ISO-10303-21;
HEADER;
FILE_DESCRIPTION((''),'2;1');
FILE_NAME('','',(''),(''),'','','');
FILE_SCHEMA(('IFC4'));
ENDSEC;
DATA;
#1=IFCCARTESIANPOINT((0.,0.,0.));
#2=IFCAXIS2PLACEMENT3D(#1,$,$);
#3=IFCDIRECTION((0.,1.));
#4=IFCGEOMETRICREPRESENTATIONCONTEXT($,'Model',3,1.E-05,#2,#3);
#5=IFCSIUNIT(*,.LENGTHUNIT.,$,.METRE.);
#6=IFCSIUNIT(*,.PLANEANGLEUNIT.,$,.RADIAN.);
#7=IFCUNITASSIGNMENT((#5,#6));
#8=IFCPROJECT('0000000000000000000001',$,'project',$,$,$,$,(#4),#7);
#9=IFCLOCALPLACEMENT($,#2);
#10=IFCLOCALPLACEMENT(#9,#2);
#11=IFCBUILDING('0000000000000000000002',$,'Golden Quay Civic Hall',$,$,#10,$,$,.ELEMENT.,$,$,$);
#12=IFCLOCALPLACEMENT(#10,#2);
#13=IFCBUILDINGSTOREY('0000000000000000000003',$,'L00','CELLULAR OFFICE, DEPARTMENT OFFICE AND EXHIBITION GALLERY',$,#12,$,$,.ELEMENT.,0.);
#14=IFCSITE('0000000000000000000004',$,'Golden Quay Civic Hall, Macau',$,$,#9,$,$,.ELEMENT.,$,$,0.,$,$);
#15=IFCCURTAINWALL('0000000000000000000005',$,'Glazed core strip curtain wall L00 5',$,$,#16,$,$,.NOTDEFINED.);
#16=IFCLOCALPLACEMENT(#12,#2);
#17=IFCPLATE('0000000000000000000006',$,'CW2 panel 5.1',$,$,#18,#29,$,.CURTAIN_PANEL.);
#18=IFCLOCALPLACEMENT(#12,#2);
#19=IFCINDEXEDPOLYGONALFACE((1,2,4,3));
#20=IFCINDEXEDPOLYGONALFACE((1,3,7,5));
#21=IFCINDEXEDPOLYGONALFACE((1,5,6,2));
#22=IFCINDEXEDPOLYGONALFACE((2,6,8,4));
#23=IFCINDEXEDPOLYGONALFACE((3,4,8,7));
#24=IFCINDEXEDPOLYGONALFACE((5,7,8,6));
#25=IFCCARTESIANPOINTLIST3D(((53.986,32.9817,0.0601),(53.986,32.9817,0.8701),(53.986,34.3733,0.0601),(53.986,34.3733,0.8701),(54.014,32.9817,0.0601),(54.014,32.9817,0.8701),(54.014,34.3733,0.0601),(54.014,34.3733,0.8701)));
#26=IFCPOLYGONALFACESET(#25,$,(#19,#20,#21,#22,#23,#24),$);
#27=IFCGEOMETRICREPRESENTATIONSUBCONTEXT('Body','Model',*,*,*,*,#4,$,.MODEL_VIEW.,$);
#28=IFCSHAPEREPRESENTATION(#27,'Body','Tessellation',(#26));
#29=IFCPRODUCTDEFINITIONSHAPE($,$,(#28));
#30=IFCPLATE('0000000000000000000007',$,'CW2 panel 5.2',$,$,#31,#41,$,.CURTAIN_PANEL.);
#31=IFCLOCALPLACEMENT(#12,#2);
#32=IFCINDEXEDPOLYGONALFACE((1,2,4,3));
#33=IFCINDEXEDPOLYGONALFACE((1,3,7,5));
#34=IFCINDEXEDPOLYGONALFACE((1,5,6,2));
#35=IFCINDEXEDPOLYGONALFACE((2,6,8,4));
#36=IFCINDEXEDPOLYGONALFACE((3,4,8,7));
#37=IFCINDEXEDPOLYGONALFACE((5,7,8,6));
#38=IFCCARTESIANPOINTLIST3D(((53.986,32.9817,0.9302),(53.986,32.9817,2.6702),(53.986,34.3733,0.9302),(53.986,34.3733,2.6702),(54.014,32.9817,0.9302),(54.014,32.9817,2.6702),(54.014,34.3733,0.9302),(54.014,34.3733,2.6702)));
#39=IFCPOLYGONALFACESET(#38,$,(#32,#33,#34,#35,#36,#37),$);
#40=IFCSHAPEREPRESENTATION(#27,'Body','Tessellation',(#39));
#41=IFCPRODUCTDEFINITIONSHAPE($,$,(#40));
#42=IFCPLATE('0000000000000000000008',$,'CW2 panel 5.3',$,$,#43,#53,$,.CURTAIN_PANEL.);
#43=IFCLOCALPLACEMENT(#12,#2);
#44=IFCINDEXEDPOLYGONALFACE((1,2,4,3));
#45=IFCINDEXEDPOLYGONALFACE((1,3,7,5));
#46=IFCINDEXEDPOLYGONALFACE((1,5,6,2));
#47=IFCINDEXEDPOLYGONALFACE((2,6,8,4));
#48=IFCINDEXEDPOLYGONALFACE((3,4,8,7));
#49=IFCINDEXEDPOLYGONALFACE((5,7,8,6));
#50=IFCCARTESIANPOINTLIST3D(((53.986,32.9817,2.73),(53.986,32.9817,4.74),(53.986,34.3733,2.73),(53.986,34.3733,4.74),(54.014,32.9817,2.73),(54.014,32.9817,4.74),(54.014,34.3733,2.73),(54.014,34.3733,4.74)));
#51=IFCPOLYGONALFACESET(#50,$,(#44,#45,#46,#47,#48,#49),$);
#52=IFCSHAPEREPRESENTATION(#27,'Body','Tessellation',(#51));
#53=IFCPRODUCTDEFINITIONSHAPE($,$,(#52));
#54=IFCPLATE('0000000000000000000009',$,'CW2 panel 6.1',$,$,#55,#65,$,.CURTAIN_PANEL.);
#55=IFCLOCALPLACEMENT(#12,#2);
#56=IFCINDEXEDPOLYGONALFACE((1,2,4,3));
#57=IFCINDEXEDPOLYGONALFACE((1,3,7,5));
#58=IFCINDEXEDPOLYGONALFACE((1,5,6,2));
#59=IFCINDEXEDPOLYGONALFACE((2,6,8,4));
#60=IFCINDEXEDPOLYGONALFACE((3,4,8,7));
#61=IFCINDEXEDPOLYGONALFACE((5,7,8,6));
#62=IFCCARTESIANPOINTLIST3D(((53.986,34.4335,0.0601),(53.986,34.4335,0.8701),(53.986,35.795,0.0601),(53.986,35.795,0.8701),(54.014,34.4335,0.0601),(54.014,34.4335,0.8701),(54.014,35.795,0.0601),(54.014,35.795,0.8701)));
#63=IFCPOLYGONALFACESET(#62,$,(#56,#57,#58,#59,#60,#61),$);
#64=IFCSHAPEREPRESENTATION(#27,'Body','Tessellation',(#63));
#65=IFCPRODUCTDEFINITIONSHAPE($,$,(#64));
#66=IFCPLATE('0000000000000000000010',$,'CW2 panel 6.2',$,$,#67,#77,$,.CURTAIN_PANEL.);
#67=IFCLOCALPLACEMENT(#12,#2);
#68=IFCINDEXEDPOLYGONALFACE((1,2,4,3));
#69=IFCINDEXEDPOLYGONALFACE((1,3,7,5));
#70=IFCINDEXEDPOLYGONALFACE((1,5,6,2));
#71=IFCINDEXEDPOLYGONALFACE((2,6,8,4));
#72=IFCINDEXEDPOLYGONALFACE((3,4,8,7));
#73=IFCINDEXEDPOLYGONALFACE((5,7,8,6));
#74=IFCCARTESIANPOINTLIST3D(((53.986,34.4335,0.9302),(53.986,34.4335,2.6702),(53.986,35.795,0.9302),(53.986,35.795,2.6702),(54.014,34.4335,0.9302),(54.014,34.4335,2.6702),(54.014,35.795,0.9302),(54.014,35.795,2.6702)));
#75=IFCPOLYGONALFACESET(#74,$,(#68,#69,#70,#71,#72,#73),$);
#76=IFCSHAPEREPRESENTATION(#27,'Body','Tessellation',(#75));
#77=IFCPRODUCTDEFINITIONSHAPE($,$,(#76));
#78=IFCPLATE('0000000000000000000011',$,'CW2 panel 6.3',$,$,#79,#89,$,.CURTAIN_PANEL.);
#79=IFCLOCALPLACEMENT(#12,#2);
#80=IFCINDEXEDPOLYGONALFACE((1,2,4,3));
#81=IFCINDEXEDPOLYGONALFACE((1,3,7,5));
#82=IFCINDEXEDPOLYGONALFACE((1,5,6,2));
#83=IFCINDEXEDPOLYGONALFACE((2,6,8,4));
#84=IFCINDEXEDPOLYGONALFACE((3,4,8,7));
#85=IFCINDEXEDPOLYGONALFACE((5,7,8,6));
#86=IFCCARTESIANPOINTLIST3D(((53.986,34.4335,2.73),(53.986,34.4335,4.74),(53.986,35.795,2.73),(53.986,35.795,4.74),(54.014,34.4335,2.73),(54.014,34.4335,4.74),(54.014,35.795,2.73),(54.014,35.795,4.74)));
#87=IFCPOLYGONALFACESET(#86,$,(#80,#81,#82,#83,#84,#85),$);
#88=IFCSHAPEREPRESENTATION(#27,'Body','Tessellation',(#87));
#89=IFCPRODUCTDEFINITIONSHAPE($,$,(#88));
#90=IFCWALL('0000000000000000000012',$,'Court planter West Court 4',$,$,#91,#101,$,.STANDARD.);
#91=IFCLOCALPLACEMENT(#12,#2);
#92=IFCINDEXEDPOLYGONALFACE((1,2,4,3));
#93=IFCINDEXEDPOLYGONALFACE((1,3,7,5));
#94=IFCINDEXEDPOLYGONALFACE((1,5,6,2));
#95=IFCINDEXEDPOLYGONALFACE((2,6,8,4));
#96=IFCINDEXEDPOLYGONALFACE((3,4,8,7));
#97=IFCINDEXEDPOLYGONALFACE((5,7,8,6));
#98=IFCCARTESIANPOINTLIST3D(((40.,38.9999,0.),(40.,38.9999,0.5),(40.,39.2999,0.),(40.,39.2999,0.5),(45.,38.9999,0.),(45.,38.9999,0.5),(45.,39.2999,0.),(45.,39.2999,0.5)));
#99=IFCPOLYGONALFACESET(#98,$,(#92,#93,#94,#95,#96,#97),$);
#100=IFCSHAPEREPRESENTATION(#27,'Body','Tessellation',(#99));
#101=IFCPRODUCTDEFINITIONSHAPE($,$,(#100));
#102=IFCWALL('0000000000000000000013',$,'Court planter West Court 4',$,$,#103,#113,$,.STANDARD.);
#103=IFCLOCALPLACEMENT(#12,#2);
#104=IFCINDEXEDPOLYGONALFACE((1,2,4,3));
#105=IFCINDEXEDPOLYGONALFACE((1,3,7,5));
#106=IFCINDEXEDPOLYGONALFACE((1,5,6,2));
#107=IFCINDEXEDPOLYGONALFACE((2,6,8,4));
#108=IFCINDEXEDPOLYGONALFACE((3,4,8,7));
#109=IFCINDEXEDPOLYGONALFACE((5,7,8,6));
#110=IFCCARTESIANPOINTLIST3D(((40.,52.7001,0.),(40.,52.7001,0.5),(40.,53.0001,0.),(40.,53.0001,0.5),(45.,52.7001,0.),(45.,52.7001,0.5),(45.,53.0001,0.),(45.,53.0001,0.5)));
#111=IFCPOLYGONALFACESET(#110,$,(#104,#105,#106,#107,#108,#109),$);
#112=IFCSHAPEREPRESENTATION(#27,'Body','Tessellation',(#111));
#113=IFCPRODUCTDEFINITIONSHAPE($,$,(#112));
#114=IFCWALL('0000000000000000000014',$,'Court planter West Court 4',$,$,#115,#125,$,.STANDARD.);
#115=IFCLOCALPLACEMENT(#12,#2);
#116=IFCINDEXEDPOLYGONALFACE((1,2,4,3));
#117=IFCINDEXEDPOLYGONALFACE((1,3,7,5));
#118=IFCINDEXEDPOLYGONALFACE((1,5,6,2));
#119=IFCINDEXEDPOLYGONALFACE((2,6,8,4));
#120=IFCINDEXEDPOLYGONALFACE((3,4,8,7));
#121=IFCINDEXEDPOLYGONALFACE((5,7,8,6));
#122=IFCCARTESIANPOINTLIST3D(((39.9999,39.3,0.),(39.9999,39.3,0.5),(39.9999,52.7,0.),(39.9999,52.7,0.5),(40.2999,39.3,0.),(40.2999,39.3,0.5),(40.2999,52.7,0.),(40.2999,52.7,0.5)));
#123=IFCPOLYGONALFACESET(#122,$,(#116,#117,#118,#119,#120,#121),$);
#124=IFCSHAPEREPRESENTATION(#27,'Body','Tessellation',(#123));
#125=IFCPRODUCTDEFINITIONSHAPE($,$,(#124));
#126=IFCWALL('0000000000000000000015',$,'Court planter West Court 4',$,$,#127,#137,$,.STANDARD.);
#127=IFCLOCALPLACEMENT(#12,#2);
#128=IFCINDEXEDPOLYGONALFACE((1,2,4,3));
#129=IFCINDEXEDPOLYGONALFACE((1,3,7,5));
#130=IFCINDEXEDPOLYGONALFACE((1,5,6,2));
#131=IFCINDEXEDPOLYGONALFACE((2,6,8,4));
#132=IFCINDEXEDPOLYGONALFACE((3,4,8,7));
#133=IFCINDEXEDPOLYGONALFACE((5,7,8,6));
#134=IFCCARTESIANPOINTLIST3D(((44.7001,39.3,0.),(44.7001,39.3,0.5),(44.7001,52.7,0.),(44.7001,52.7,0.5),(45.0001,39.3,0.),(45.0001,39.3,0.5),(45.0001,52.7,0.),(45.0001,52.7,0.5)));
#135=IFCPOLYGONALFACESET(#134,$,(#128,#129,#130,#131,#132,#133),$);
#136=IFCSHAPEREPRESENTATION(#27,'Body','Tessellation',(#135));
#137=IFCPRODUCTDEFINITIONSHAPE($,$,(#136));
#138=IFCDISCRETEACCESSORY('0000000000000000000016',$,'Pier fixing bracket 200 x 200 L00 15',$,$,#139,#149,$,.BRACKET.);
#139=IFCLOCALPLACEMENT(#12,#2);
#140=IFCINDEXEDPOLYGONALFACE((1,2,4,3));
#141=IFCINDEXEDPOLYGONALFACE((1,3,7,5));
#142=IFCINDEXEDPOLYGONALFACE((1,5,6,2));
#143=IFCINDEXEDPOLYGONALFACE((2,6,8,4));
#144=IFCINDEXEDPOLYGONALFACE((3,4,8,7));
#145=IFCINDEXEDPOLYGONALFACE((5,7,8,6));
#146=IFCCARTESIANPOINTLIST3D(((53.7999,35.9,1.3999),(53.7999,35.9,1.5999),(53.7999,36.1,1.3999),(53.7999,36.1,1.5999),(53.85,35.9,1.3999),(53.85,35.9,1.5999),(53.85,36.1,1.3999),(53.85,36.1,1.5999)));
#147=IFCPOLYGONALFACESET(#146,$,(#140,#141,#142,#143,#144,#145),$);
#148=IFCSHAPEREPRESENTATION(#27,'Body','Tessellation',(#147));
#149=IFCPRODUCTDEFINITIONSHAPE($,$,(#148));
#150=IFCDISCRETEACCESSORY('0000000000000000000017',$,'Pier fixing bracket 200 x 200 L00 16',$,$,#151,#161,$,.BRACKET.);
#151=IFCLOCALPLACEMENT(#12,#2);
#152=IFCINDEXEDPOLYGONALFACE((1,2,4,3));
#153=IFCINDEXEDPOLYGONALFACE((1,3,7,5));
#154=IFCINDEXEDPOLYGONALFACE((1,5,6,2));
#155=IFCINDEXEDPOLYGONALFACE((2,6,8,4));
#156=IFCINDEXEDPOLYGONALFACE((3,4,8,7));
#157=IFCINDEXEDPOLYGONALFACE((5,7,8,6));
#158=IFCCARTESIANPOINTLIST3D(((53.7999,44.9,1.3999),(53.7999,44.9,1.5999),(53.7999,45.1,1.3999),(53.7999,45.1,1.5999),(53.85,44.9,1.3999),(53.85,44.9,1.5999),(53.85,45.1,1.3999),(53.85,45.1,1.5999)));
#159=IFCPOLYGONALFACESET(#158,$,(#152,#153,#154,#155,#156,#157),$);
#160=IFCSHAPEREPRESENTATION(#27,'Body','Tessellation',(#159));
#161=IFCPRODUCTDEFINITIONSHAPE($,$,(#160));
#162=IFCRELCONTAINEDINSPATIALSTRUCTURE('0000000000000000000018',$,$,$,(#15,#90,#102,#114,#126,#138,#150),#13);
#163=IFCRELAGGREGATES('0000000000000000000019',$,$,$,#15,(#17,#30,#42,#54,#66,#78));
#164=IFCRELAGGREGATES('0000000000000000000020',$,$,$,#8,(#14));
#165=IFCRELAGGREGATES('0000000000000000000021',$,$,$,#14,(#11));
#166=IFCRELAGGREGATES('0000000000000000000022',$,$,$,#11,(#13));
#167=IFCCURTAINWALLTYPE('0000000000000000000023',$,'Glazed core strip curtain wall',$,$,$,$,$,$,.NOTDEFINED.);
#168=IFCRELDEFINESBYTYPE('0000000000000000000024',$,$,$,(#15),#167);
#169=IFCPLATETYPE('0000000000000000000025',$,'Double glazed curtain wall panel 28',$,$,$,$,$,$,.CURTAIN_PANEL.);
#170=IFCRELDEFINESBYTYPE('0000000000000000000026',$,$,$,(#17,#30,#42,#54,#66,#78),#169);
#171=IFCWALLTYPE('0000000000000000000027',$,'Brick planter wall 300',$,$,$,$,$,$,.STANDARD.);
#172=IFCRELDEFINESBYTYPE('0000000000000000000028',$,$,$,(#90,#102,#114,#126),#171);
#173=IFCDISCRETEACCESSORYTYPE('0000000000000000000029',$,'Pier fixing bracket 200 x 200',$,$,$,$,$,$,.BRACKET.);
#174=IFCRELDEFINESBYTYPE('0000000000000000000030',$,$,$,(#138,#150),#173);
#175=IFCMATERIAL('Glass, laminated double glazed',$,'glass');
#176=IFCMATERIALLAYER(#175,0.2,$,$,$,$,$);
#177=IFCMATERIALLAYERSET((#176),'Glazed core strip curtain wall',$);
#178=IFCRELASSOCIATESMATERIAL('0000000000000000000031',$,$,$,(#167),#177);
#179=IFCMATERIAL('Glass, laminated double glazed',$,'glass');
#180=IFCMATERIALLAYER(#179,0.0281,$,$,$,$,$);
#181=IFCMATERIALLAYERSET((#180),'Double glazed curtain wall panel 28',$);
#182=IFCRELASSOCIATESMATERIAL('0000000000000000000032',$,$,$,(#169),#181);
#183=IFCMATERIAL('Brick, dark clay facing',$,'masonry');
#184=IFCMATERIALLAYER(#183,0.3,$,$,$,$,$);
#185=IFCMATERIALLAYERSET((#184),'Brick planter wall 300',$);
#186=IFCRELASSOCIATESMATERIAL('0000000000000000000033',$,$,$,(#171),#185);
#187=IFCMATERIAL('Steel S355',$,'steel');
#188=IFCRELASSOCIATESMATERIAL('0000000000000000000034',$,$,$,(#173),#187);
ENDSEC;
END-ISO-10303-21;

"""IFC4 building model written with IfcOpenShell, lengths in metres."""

from ifc_helpers import new_model, si_unit, direction, frame, frame_2d, origin, origin_2d, place, context, subcontext, project, spatial, rectangle, extrude, material, layer, layer_set, type_object, element, aggregate, save


model = new_model("IFC4")

# Units and contexts
model_context = context("Model", 3, precision=1e-05, world=origin(), true_north=direction((0.0, 1.0)))
body_context = subcontext(model_context, "Body", "Model", "MODEL_VIEW")
ifc_project = project(units=[si_unit("LENGTHUNIT", "METRE"), si_unit("PLANEANGLEUNIT", "RADIAN")], contexts=[model_context])

# Site, building, storey
site_placement = place(None, origin())
site = spatial("IfcSite", under=ifc_project, at=site_placement, Name="Golden Quay Civic Hall, Macau", CompositionType="ELEMENT", RefElevation=0.0)
building_placement = place(site_placement, origin())
building = spatial("IfcBuilding", under=site, at=building_placement, Name="Golden Quay Civic Hall", CompositionType="ELEMENT")
storey_placement = place(building_placement, origin())
storey = spatial("IfcBuildingStorey", under=building, at=storey_placement, Name="L00", Description="CELLULAR OFFICE, DEPARTMENT OFFICE AND EXHIBITION GALLERY", CompositionType="ELEMENT", Elevation=0.0)

# Curtain wall
ifc_material_1 = material(Name="Glass, laminated double glazed", Category="glass")
ifc_layer_1 = layer(ifc_material_1, 0.2)
ifc_layer_set_1 = layer_set([ifc_layer_1], Name="Glazed core strip curtain wall")
curtain_wall_type = type_object("IfcCurtainWallType", Name="Glazed core strip curtain wall", PredefinedType="NOTDEFINED", material=ifc_layer_set_1)
curtain_wall_placement = place(storey_placement, origin())
curtain_wall = element("IfcCurtainWall", 1, at=curtain_wall_placement, inside=storey, type_object=curtain_wall_type, Name="Glazed core strip curtain wall L00 5", PredefinedType="NOTDEFINED")

# Plates
ifc_material_2 = material(Name="Glass, laminated double glazed", Category="glass")
ifc_layer_2 = layer(ifc_material_2, 0.0281)
ifc_layer_set_2 = layer_set([ifc_layer_2], Name="Double glazed curtain wall panel 28")
plate_type = type_object("IfcPlateType", Name="Double glazed curtain wall panel 28", PredefinedType="CURTAIN_PANEL", material=ifc_layer_set_2)
plate_1_placement = place(storey_placement, frame((54.0, 33.6775, 0.0601), z_axis=(0.0, 0.0, 1.0), x_axis=(0.0, 1.0, 0.0)))
plate_1 = element("IfcPlate", 2, at=plate_1_placement, type_object=plate_type, Name="CW2 panel 5.1", PredefinedType="CURTAIN_PANEL", context=body_context, shape_type="SweptSolid", body=[
    extrude(rectangle(XDim=1.3916, YDim=0.0281, at=origin_2d()), origin(), (0.0, 0.0, 1.0), 0.8101),
])
plate_2_placement = place(storey_placement, frame((54.0, 33.6775, 0.9302), z_axis=(0.0, 0.0, 1.0), x_axis=(0.0, 1.0, 0.0)))
plate_2 = element("IfcPlate", 3, at=plate_2_placement, type_object=plate_type, Name="CW2 panel 5.2", PredefinedType="CURTAIN_PANEL", context=body_context, shape_type="SweptSolid", body=[
    extrude(rectangle(XDim=1.3916, YDim=0.0281, at=origin_2d()), origin(), (0.0, 0.0, 1.0), 1.74),
])
plate_3_placement = place(storey_placement, frame((54.0, 33.6775, 2.73), z_axis=(0.0, 0.0, 1.0), x_axis=(0.0, 1.0, 0.0)))
plate_3 = element("IfcPlate", 4, at=plate_3_placement, type_object=plate_type, Name="CW2 panel 5.3", PredefinedType="CURTAIN_PANEL", context=body_context, shape_type="SweptSolid", body=[
    extrude(rectangle(XDim=1.3916, YDim=0.0281, at=origin_2d()), origin(), (0.0, 0.0, 1.0), 2.01),
])
plate_4_placement = place(storey_placement, frame((54.0, 35.1143, 0.0601), z_axis=(0.0, 0.0, 1.0), x_axis=(0.0, 1.0, 0.0)))
plate_4 = element("IfcPlate", 5, at=plate_4_placement, type_object=plate_type, Name="CW2 panel 6.1", PredefinedType="CURTAIN_PANEL", context=body_context, shape_type="SweptSolid", body=[
    extrude(rectangle(XDim=1.3616, YDim=0.0281, at=origin_2d()), origin(), (0.0, 0.0, 1.0), 0.8101),
])
plate_5_placement = place(storey_placement, frame((54.0, 35.1143, 0.9302), z_axis=(0.0, 0.0, 1.0), x_axis=(0.0, 1.0, 0.0)))
plate_5 = element("IfcPlate", 6, at=plate_5_placement, type_object=plate_type, Name="CW2 panel 6.2", PredefinedType="CURTAIN_PANEL", context=body_context, shape_type="SweptSolid", body=[
    extrude(rectangle(XDim=1.3616, YDim=0.0281, at=origin_2d()), origin(), (0.0, 0.0, 1.0), 1.74),
])
plate_6_placement = place(storey_placement, frame((54.0, 35.1143, 2.73), z_axis=(0.0, 0.0, 1.0), x_axis=(0.0, 1.0, 0.0)))
plate_6 = element("IfcPlate", 7, at=plate_6_placement, type_object=plate_type, Name="CW2 panel 6.3", PredefinedType="CURTAIN_PANEL", context=body_context, shape_type="SweptSolid", body=[
    extrude(rectangle(XDim=1.3616, YDim=0.0281, at=origin_2d()), origin(), (0.0, 0.0, 1.0), 2.01),
])
aggregate(curtain_wall, [plate_1, plate_2, plate_3, plate_4, plate_5, plate_6])

# Walls
ifc_material_3 = material(Name="Brick, dark clay facing", Category="masonry")
ifc_layer_3 = layer(ifc_material_3, 0.3)
ifc_layer_set_3 = layer_set([ifc_layer_3], Name="Brick planter wall 300")
wall_type = type_object("IfcWallType", Name="Brick planter wall 300", PredefinedType="STANDARD", material=ifc_layer_set_3)
for number, where, z_axis, x_axis, name in (
    (8, (40.0, 39.1499, 0.0), (0.0, 0.0, 1.0), (1.0, 0.0, 0.0), "Court planter West Court 4"),
    (9, (40.0, 52.8501, 0.0), (0.0, 0.0, 1.0), (1.0, 0.0, 0.0), "Court planter West Court 4"),
):
    element("IfcWall", number, at=place(storey_placement, frame(where, z_axis=z_axis, x_axis=x_axis)), inside=storey, type_object=wall_type, Name=name, PredefinedType="STANDARD", context=body_context, shape_type="SweptSolid", body=[
        extrude(rectangle(XDim=5.0, YDim=0.3, at=frame_2d((2.5, 0.0))), origin(), (0.0, 0.0, 1.0), 0.5),
    ])
for number, where, z_axis, x_axis, name in (
    (10, (40.1499, 39.3, 0.0), (0.0, 0.0, 1.0), (0.0, 1.0, 0.0), "Court planter West Court 4"),
    (11, (44.8501, 39.3, 0.0), (0.0, 0.0, 1.0), (0.0, 1.0, 0.0), "Court planter West Court 4"),
):
    element("IfcWall", number, at=place(storey_placement, frame(where, z_axis=z_axis, x_axis=x_axis)), inside=storey, type_object=wall_type, Name=name, PredefinedType="STANDARD", context=body_context, shape_type="SweptSolid", body=[
        extrude(rectangle(XDim=13.3999, YDim=0.3, at=frame_2d((6.7, 0.0))), origin(), (0.0, 0.0, 1.0), 0.5),
    ])

# Discrete accessories
ifc_material_4 = material(Name="Steel S355", Category="steel")
discrete_accessory_type = type_object("IfcDiscreteAccessoryType", Name="Pier fixing bracket 200 x 200", PredefinedType="BRACKET", material=ifc_material_4)
for number, where, z_axis, x_axis, name in (
    (12, (53.825, 36.0, 1.3999), (0.0, 0.0, 1.0), (0.0, -1.0, 0.0), "Pier fixing bracket 200 x 200 L00 15"),
    (13, (53.825, 45.0, 1.3999), (0.0, 0.0, 1.0), (0.0, -1.0, 0.0), "Pier fixing bracket 200 x 200 L00 16"),
):
    element("IfcDiscreteAccessory", number, at=place(storey_placement, frame(where, z_axis=z_axis, x_axis=x_axis)), inside=storey, type_object=discrete_accessory_type, Name=name, PredefinedType="BRACKET", context=body_context, shape_type="SweptSolid", body=[
        extrude(rectangle(XDim=0.2, YDim=0.05, at=origin_2d()), origin(), (0.0, 0.0, 1.0), 0.2),
    ])

save(model, "model.ifc")
